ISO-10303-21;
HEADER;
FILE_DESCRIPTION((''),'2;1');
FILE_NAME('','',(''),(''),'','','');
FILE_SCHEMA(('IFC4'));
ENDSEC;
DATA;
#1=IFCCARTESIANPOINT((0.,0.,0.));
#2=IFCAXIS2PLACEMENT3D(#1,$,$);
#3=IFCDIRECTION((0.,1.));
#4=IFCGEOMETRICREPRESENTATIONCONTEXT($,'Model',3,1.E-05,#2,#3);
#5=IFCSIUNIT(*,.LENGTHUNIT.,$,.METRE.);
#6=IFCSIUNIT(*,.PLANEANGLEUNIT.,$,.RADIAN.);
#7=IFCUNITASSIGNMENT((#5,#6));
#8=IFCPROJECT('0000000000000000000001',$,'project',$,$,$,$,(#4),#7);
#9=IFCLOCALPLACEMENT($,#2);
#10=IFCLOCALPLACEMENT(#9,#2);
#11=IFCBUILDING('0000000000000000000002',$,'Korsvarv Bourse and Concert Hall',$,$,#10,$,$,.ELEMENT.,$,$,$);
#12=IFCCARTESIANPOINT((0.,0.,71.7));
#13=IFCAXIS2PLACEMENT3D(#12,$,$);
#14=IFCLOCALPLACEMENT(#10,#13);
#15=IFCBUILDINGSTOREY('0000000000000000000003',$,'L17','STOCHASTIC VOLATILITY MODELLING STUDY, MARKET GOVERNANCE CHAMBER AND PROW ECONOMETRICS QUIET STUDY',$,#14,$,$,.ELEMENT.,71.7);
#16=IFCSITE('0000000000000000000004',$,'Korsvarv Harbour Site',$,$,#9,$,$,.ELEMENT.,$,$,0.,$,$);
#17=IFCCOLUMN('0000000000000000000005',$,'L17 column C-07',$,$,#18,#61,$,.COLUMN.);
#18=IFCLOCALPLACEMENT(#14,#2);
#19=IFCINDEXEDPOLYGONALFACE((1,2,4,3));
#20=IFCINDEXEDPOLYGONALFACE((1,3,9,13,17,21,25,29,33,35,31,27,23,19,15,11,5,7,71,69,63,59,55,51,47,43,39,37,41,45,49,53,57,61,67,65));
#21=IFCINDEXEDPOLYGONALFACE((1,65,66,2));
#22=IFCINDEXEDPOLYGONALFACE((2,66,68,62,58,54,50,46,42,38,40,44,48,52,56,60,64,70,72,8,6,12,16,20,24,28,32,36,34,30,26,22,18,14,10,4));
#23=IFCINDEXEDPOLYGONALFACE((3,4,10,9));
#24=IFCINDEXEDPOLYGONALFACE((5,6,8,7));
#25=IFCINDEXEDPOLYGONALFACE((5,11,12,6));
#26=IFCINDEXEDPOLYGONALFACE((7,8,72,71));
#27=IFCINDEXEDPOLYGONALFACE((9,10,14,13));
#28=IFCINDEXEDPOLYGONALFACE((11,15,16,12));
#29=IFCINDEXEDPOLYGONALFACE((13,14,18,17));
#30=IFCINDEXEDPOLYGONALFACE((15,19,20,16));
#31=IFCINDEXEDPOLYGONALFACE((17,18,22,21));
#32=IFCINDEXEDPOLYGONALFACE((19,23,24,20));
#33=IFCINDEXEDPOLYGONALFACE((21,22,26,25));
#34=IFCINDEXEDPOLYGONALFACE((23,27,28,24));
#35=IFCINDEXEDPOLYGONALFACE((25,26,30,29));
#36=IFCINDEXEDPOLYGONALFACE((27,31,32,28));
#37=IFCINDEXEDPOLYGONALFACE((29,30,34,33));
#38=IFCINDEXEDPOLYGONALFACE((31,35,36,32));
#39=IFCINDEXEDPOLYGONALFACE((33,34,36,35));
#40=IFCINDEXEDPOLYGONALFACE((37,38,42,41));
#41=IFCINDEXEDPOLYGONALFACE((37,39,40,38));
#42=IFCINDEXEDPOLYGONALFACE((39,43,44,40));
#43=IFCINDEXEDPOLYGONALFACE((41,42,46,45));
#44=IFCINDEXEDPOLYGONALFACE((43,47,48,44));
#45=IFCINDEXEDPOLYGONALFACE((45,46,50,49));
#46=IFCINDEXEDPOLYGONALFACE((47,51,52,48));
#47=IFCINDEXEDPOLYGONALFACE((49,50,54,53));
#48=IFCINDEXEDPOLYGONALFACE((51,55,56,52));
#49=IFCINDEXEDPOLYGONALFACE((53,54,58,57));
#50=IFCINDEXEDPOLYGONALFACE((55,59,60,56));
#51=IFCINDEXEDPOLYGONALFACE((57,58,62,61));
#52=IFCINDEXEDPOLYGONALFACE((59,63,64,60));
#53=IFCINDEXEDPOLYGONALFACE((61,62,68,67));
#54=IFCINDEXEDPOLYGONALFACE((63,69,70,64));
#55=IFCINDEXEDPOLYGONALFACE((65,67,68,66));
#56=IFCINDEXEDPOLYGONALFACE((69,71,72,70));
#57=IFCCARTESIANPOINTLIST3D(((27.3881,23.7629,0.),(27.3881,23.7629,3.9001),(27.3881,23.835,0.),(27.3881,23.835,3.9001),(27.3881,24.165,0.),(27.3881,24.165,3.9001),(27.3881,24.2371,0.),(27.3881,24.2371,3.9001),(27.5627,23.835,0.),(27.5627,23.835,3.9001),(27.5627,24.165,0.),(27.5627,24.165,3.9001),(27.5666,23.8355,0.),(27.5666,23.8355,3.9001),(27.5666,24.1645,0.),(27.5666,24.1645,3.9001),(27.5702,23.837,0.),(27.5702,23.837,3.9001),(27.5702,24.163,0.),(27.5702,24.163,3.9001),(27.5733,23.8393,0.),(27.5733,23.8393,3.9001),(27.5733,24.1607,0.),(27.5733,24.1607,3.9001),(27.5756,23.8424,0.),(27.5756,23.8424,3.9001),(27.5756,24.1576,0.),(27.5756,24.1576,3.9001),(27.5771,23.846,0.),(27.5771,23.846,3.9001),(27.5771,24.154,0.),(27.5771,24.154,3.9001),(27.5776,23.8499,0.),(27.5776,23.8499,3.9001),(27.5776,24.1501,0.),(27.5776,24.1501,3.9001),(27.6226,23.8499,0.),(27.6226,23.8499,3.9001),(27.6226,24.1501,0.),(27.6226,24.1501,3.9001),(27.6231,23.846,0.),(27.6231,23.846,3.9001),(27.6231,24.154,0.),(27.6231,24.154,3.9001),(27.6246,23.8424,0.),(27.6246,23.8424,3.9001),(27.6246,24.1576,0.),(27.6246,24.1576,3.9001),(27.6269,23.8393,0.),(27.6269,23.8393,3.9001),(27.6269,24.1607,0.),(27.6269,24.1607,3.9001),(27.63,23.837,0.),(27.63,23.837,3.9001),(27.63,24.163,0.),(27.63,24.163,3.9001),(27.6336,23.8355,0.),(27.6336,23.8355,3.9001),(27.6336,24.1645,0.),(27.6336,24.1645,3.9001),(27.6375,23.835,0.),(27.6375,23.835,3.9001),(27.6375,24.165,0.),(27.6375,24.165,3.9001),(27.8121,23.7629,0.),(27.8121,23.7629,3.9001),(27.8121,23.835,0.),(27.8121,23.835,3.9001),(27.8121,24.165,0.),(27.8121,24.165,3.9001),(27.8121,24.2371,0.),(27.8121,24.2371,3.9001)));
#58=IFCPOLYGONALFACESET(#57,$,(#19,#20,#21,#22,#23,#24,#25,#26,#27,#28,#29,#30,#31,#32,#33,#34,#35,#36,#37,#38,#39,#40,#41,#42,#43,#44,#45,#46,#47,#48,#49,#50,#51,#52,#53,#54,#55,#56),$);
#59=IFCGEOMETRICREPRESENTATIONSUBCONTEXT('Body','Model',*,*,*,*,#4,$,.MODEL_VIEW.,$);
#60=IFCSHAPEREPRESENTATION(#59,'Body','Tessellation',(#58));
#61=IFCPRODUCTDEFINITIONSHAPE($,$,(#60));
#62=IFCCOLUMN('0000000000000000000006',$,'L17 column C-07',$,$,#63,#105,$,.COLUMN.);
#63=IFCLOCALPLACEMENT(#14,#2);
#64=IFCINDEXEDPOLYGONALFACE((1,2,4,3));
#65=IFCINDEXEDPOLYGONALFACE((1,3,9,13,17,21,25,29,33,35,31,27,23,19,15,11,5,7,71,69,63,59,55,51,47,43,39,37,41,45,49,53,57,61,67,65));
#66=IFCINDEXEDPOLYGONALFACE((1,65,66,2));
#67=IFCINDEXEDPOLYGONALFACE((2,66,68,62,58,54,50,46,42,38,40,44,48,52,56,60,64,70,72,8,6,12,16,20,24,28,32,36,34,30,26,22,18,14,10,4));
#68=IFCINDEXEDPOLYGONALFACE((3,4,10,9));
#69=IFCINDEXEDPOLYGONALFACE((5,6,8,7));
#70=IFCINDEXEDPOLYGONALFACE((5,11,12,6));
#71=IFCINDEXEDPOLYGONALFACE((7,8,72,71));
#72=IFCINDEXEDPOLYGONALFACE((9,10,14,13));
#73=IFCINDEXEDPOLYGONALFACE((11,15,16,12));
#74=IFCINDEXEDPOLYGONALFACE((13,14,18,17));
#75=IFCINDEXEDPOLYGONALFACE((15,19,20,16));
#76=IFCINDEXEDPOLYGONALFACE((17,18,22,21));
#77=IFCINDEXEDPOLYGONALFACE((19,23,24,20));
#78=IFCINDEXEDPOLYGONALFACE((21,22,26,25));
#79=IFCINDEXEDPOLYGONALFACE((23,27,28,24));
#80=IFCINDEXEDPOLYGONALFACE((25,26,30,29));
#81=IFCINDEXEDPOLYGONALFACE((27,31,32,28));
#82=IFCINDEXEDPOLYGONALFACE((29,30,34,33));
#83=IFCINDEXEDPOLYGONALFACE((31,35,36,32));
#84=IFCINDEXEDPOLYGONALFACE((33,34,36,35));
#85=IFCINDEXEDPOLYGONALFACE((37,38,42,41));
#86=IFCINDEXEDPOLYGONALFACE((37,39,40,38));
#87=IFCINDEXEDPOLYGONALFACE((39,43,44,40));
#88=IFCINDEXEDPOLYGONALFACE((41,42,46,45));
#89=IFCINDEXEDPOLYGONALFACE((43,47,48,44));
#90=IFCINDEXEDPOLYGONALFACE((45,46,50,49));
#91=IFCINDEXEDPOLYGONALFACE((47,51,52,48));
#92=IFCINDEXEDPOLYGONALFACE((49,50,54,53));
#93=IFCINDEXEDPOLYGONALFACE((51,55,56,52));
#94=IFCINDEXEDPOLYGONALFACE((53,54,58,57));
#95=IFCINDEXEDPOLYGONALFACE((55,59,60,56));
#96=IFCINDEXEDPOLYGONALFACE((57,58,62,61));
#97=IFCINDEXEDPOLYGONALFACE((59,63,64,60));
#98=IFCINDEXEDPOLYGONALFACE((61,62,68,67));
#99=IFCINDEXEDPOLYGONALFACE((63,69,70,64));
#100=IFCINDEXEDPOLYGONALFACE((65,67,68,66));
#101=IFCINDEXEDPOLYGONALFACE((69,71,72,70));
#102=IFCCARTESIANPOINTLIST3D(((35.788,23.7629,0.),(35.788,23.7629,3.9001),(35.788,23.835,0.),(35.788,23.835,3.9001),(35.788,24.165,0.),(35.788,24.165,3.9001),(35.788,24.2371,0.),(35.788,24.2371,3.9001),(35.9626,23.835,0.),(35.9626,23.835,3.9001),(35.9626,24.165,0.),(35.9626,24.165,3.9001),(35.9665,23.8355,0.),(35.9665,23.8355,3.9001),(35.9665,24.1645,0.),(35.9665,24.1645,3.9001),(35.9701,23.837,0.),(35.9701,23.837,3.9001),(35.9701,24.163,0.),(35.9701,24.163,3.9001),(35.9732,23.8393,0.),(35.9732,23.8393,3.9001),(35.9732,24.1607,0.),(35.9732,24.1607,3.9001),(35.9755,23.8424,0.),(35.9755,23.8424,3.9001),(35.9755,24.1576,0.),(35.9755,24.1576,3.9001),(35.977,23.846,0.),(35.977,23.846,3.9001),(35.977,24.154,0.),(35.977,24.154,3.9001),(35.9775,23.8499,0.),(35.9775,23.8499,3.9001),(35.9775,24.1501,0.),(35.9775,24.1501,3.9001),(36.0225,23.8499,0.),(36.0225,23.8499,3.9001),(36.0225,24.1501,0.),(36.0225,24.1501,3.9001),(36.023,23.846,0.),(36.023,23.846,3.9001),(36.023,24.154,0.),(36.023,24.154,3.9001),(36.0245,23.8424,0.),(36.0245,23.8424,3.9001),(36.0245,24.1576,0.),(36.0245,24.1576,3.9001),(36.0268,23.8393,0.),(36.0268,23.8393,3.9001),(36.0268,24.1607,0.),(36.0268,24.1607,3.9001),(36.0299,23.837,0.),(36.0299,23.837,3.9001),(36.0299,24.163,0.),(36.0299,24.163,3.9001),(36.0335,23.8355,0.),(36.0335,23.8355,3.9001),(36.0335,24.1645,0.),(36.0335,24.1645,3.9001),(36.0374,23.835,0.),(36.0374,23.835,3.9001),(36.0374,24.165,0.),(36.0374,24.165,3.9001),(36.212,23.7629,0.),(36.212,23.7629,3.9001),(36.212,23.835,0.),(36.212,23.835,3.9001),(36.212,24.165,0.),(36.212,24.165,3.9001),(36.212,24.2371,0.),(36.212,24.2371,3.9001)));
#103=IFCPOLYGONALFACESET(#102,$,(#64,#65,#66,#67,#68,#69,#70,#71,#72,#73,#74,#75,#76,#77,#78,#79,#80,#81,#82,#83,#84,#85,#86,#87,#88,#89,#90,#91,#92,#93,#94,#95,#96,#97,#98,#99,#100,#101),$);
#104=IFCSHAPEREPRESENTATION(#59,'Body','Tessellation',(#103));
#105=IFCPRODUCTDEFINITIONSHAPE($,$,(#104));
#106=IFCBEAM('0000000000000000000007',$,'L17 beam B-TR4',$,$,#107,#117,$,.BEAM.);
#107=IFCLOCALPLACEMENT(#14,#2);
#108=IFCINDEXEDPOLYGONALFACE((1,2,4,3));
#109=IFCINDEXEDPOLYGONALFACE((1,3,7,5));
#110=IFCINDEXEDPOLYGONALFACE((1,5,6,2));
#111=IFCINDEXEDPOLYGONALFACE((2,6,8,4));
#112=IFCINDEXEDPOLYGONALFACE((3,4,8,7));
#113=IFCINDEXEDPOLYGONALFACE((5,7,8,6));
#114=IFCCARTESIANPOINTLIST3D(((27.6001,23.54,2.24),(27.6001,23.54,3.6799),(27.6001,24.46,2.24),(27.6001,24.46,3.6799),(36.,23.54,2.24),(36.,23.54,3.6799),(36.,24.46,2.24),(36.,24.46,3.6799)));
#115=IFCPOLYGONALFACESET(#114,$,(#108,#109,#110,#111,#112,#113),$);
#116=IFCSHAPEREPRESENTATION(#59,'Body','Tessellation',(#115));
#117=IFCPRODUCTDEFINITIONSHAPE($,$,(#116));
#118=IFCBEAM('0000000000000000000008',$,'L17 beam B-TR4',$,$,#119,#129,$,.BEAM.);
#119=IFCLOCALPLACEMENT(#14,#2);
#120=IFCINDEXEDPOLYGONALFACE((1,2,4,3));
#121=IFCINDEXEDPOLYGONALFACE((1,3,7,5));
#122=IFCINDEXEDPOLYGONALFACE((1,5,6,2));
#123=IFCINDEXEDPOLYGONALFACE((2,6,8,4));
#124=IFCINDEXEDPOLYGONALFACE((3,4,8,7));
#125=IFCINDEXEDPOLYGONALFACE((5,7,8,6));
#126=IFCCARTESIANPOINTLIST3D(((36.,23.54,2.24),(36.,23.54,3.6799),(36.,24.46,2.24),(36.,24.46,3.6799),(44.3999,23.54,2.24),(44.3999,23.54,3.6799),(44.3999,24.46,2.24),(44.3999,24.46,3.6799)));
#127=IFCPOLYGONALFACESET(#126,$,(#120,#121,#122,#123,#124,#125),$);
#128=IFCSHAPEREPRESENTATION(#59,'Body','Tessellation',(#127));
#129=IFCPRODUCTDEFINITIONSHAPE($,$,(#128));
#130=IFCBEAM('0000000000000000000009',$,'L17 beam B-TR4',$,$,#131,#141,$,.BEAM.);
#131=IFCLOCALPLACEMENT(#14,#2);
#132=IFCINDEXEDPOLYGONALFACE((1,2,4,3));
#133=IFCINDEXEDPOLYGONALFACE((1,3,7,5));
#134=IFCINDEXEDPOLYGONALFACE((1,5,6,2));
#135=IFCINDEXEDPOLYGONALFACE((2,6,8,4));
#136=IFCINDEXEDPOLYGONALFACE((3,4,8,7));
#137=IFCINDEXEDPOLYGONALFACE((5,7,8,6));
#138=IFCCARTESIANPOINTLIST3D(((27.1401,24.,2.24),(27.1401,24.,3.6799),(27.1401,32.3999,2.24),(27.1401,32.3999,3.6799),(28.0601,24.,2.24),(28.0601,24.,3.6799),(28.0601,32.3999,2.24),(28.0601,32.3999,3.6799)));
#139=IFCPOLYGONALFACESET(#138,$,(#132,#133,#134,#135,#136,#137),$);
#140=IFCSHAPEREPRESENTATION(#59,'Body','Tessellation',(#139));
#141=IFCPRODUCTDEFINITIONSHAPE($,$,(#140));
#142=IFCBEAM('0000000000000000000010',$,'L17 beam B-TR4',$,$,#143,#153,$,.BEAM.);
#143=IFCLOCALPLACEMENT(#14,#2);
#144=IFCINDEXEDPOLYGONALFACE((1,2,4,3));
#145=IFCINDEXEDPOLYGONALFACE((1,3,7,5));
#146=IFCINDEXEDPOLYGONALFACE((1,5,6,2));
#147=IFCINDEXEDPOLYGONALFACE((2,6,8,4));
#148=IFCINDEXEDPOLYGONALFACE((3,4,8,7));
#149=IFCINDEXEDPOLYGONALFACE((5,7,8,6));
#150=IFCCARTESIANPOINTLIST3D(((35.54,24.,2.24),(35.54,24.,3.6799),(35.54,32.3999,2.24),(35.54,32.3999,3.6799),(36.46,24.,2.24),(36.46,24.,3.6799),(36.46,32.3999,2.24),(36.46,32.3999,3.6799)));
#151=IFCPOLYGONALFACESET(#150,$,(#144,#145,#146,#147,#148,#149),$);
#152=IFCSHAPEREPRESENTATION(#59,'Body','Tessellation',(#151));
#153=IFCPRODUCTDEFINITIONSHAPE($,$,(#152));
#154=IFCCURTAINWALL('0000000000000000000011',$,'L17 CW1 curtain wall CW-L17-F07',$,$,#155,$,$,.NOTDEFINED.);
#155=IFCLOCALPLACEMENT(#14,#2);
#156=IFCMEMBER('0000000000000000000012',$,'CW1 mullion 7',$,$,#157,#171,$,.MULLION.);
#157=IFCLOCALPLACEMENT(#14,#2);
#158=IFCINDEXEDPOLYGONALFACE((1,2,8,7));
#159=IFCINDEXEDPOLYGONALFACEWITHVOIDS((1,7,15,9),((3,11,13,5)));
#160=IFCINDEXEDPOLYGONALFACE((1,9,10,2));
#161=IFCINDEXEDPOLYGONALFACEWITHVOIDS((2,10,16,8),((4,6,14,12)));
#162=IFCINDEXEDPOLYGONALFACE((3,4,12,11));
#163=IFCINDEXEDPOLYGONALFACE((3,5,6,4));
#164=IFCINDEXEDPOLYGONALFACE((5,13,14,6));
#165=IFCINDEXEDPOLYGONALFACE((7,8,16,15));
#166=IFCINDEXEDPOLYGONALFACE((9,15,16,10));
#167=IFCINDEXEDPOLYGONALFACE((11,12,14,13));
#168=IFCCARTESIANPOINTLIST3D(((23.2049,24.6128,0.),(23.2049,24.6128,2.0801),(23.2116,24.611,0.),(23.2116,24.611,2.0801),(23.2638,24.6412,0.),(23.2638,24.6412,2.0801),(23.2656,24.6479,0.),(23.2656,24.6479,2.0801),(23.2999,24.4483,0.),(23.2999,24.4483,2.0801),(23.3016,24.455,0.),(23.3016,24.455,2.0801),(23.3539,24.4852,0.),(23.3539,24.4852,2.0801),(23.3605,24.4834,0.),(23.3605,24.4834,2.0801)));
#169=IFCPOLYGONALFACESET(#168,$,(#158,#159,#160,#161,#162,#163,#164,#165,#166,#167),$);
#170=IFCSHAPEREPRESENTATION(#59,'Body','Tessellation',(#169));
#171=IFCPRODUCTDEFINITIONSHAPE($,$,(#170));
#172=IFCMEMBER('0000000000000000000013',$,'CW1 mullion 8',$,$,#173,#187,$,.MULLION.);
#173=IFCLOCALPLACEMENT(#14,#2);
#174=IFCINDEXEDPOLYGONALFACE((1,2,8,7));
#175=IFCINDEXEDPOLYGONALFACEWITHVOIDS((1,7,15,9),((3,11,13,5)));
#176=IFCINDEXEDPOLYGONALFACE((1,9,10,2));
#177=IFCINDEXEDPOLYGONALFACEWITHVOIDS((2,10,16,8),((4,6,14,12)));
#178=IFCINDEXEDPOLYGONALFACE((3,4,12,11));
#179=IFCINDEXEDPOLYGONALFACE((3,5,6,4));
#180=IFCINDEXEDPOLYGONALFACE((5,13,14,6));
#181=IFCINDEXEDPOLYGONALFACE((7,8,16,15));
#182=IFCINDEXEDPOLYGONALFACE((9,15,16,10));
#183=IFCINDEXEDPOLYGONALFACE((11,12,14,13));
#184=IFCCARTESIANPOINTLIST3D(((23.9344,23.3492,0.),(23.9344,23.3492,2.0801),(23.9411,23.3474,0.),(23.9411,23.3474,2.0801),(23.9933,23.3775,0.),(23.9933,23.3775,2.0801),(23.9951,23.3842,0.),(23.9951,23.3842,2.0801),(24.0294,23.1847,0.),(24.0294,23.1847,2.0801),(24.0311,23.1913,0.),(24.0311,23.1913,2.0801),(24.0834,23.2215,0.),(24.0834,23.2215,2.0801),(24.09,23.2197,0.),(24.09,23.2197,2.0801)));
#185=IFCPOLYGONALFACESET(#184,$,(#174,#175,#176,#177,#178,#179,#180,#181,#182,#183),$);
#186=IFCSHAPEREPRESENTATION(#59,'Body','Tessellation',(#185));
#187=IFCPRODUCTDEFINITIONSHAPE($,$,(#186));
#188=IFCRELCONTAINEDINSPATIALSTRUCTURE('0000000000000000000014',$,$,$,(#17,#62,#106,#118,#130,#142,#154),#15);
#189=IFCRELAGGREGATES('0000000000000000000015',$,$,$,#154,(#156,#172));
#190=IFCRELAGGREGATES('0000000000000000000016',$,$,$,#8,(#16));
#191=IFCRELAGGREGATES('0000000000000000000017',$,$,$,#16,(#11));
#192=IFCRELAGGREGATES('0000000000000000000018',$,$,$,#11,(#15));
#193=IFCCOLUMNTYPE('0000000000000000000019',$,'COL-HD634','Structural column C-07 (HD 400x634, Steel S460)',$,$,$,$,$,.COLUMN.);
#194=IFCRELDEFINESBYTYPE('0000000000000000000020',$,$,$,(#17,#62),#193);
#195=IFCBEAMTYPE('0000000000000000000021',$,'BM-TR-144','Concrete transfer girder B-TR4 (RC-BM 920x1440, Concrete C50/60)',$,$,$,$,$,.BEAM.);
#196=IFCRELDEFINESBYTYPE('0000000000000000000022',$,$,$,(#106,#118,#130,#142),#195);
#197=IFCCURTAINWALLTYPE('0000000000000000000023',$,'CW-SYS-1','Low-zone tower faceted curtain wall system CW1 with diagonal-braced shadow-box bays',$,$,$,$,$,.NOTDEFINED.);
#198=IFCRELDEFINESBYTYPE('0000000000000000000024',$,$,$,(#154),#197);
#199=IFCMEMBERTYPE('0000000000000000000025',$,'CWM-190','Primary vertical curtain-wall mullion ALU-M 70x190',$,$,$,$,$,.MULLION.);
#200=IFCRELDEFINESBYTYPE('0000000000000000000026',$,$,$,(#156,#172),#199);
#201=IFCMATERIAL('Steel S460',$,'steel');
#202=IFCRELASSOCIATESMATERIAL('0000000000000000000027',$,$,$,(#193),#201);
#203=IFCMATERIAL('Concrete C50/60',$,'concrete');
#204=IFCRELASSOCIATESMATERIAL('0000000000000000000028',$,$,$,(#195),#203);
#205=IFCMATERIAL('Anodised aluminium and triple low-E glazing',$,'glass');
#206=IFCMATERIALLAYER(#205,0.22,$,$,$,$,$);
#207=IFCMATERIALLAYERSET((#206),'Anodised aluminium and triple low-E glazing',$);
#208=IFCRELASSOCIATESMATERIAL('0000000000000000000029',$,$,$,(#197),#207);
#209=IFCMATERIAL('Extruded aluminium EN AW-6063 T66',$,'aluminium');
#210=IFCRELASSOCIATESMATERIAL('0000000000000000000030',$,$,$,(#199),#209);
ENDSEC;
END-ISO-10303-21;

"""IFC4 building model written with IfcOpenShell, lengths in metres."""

from ifc_helpers import new_model, si_unit, direction, frame, origin, origin_2d, place, context, subcontext, project, spatial, rectangle, hollow_rectangle, i_section, extrude, source, transform, mapped, material, layer, layer_set, material_profile, profile_set, type_object, element, aggregate, save


model = new_model("IFC4")

# Units and contexts
model_context = context("Model", 3, precision=1e-05, world=origin(), true_north=direction((0.0, 1.0)))
body_context = subcontext(model_context, "Body", "Model", "MODEL_VIEW")
ifc_project = project(units=[si_unit("LENGTHUNIT", "METRE"), si_unit("PLANEANGLEUNIT", "RADIAN")], contexts=[model_context])

# Site, building, storey
site_placement = place(None, origin())
site = spatial("IfcSite", under=ifc_project, at=site_placement, Name="Korsvarv Harbour Site", CompositionType="ELEMENT", RefElevation=0.0)
building_placement = place(site_placement, origin())
building = spatial("IfcBuilding", under=site, at=building_placement, Name="Korsvarv Bourse and Concert Hall", CompositionType="ELEMENT")
storey_placement = place(building_placement, frame((0.0, 0.0, 71.7)))
storey = spatial("IfcBuildingStorey", under=building, at=storey_placement, Name="L17", Description="STOCHASTIC VOLATILITY MODELLING STUDY, MARKET GOVERNANCE CHAMBER AND PROW ECONOMETRICS QUIET STUDY", CompositionType="ELEMENT", Elevation=71.7)

# Columns
ifc_material_1 = material(Name="Steel S460", Category="steel")
ifc_material_profile_1 = material_profile(ifc_material_1, i_section(OverallWidth=0.4241, OverallDepth=0.4741, WebThickness=0.0449, FlangeThickness=0.072, FilletRadius=0.0149, at=origin_2d()), Name="HD 400x634")
ifc_profile_set_1 = profile_set([ifc_material_profile_1], Name="Steel S460")
column_type = type_object("IfcColumnType", Name="COL-HD634", Description="Structural column C-07 (HD 400x634, Steel S460)", PredefinedType="COLUMN", material=ifc_profile_set_1)
shared_shape_1 = source(origin(), body_context, "Body", "SweptSolid", [
    extrude(i_section(OverallWidth=0.4241, OverallDepth=0.4741, WebThickness=0.0449, FlangeThickness=0.072, FilletRadius=0.0149, at=origin_2d()), origin(), (0.0, 0.0, 1.0), 3.9001),
])
for number, where, z_axis, x_axis, name in (
    (1, (27.6001, 24.0, 0.0), (0.0, 0.0, 1.0), (1.0, 0.0, 0.0), "L17 column C-07"),
    (2, (36.0, 24.0, 0.0), (0.0, 0.0, 1.0), (1.0, 0.0, 0.0), "L17 column C-07"),
):
    element("IfcColumn", number, at=place(storey_placement, frame(where, z_axis=z_axis, x_axis=x_axis)), inside=storey, type_object=column_type, Name=name, PredefinedType="COLUMN", context=body_context, shape_type="MappedRepresentation", body=[
        mapped(shared_shape_1, transform((0.0, 0.0, 0.0), scale=1.0)),
    ])

# Beams
ifc_material_2 = material(Name="Concrete C50/60", Category="concrete")
ifc_material_profile_2 = material_profile(ifc_material_2, rectangle(XDim=0.9199, YDim=1.4399, at=origin_2d()), Name="RC-BM 920x1440")
ifc_profile_set_2 = profile_set([ifc_material_profile_2], Name="Concrete C50/60")
beam_type = type_object("IfcBeamType", Name="BM-TR-144", Description="Concrete transfer girder B-TR4 (RC-BM 920x1440, Concrete C50/60)", PredefinedType="BEAM", material=ifc_profile_set_2)
shared_shape_2 = source(origin(), body_context, "Body", "SweptSolid", [
    extrude(rectangle(XDim=0.9199, YDim=1.4399, at=origin_2d()), origin(), (0.0, 0.0, 1.0), 8.3999),
])
for number, where, z_axis, x_axis, name in (
    (3, (27.6001, 24.0, 2.96), (1.0, 0.0, 0.0), (0.0, 1.0, 0.0), "L17 beam B-TR4"),
    (4, (36.0, 24.0, 2.96), (1.0, 0.0, 0.0), (0.0, 1.0, 0.0), "L17 beam B-TR4"),
    (5, (27.6001, 24.0, 2.96), (0.0, 1.0, 0.0), (-1.0, 0.0, 0.0), "L17 beam B-TR4"),
    (6, (36.0, 24.0, 2.96), (0.0, 1.0, 0.0), (-1.0, 0.0, 0.0), "L17 beam B-TR4"),
):
    element("IfcBeam", number, at=place(storey_placement, frame(where, z_axis=z_axis, x_axis=x_axis)), inside=storey, type_object=beam_type, Name=name, PredefinedType="BEAM", context=body_context, shape_type="MappedRepresentation", body=[
        mapped(shared_shape_2, transform((0.0, 0.0, 0.0), scale=1.0)),
    ])

# Curtain wall, members
ifc_material_3 = material(Name="Anodised aluminium and triple low-E glazing", Category="glass")
ifc_layer_1 = layer(ifc_material_3, 0.22)
ifc_layer_set_1 = layer_set([ifc_layer_1], Name="Anodised aluminium and triple low-E glazing")
curtain_wall_type = type_object("IfcCurtainWallType", Name="CW-SYS-1", Description="Low-zone tower faceted curtain wall system CW1 with diagonal-braced shadow-box bays", PredefinedType="NOTDEFINED", material=ifc_layer_set_1)
curtain_wall_placement = place(storey_placement, origin())
curtain_wall = element("IfcCurtainWall", 7, at=curtain_wall_placement, inside=storey, type_object=curtain_wall_type, Name="L17 CW1 curtain wall CW-L17-F07", PredefinedType="NOTDEFINED")
ifc_material_4 = material(Name="Extruded aluminium EN AW-6063 T66", Category="aluminium")
ifc_material_profile_3 = material_profile(ifc_material_4, hollow_rectangle(XDim=0.0701, YDim=0.1899, WallThickness=0.0049, at=origin_2d()), Name="ALU-M 70x190")
ifc_profile_set_3 = profile_set([ifc_material_profile_3], Name="Extruded aluminium EN AW-6063 T66")
member_type_1 = type_object("IfcMemberType", Name="CWM-190", Description="Primary vertical curtain-wall mullion ALU-M 70x190", PredefinedType="MULLION", material=ifc_profile_set_3)
shared_shape_3 = source(origin(), body_context, "Body", "SweptSolid", [
    extrude(hollow_rectangle(XDim=0.0701, YDim=0.1899, WallThickness=0.0049, at=origin_2d()), origin(), (0.0, 0.0, 1.0), 2.0801),
])
member_1_placement = place(storey_placement, frame((23.2827, 24.5481, 0.0), z_axis=(0.0, 0.0, 1.0), x_axis=(0.866022, 0.500006, 0.0)))
member_1 = element("IfcMember", 8, at=member_1_placement, type_object=member_type_1, Name="CW1 mullion 7", PredefinedType="MULLION", context=body_context, shape_type="MappedRepresentation", body=[
    mapped(shared_shape_3, transform((0.0, 0.0, 0.0), scale=1.0)),
])
member_2_placement = place(storey_placement, frame((24.0122, 23.2844, 0.0), z_axis=(0.0, 0.0, 1.0), x_axis=(0.866022, 0.500006, 0.0)))
member_2 = element("IfcMember", 9, at=member_2_placement, type_object=member_type_1, Name="CW1 mullion 8", PredefinedType="MULLION", context=body_context, shape_type="MappedRepresentation", body=[
    mapped(shared_shape_3, transform((0.0, 0.0, 0.0), scale=1.0)),
])
aggregate(curtain_wall, [member_1, member_2])

save(model, "model.ifc")
